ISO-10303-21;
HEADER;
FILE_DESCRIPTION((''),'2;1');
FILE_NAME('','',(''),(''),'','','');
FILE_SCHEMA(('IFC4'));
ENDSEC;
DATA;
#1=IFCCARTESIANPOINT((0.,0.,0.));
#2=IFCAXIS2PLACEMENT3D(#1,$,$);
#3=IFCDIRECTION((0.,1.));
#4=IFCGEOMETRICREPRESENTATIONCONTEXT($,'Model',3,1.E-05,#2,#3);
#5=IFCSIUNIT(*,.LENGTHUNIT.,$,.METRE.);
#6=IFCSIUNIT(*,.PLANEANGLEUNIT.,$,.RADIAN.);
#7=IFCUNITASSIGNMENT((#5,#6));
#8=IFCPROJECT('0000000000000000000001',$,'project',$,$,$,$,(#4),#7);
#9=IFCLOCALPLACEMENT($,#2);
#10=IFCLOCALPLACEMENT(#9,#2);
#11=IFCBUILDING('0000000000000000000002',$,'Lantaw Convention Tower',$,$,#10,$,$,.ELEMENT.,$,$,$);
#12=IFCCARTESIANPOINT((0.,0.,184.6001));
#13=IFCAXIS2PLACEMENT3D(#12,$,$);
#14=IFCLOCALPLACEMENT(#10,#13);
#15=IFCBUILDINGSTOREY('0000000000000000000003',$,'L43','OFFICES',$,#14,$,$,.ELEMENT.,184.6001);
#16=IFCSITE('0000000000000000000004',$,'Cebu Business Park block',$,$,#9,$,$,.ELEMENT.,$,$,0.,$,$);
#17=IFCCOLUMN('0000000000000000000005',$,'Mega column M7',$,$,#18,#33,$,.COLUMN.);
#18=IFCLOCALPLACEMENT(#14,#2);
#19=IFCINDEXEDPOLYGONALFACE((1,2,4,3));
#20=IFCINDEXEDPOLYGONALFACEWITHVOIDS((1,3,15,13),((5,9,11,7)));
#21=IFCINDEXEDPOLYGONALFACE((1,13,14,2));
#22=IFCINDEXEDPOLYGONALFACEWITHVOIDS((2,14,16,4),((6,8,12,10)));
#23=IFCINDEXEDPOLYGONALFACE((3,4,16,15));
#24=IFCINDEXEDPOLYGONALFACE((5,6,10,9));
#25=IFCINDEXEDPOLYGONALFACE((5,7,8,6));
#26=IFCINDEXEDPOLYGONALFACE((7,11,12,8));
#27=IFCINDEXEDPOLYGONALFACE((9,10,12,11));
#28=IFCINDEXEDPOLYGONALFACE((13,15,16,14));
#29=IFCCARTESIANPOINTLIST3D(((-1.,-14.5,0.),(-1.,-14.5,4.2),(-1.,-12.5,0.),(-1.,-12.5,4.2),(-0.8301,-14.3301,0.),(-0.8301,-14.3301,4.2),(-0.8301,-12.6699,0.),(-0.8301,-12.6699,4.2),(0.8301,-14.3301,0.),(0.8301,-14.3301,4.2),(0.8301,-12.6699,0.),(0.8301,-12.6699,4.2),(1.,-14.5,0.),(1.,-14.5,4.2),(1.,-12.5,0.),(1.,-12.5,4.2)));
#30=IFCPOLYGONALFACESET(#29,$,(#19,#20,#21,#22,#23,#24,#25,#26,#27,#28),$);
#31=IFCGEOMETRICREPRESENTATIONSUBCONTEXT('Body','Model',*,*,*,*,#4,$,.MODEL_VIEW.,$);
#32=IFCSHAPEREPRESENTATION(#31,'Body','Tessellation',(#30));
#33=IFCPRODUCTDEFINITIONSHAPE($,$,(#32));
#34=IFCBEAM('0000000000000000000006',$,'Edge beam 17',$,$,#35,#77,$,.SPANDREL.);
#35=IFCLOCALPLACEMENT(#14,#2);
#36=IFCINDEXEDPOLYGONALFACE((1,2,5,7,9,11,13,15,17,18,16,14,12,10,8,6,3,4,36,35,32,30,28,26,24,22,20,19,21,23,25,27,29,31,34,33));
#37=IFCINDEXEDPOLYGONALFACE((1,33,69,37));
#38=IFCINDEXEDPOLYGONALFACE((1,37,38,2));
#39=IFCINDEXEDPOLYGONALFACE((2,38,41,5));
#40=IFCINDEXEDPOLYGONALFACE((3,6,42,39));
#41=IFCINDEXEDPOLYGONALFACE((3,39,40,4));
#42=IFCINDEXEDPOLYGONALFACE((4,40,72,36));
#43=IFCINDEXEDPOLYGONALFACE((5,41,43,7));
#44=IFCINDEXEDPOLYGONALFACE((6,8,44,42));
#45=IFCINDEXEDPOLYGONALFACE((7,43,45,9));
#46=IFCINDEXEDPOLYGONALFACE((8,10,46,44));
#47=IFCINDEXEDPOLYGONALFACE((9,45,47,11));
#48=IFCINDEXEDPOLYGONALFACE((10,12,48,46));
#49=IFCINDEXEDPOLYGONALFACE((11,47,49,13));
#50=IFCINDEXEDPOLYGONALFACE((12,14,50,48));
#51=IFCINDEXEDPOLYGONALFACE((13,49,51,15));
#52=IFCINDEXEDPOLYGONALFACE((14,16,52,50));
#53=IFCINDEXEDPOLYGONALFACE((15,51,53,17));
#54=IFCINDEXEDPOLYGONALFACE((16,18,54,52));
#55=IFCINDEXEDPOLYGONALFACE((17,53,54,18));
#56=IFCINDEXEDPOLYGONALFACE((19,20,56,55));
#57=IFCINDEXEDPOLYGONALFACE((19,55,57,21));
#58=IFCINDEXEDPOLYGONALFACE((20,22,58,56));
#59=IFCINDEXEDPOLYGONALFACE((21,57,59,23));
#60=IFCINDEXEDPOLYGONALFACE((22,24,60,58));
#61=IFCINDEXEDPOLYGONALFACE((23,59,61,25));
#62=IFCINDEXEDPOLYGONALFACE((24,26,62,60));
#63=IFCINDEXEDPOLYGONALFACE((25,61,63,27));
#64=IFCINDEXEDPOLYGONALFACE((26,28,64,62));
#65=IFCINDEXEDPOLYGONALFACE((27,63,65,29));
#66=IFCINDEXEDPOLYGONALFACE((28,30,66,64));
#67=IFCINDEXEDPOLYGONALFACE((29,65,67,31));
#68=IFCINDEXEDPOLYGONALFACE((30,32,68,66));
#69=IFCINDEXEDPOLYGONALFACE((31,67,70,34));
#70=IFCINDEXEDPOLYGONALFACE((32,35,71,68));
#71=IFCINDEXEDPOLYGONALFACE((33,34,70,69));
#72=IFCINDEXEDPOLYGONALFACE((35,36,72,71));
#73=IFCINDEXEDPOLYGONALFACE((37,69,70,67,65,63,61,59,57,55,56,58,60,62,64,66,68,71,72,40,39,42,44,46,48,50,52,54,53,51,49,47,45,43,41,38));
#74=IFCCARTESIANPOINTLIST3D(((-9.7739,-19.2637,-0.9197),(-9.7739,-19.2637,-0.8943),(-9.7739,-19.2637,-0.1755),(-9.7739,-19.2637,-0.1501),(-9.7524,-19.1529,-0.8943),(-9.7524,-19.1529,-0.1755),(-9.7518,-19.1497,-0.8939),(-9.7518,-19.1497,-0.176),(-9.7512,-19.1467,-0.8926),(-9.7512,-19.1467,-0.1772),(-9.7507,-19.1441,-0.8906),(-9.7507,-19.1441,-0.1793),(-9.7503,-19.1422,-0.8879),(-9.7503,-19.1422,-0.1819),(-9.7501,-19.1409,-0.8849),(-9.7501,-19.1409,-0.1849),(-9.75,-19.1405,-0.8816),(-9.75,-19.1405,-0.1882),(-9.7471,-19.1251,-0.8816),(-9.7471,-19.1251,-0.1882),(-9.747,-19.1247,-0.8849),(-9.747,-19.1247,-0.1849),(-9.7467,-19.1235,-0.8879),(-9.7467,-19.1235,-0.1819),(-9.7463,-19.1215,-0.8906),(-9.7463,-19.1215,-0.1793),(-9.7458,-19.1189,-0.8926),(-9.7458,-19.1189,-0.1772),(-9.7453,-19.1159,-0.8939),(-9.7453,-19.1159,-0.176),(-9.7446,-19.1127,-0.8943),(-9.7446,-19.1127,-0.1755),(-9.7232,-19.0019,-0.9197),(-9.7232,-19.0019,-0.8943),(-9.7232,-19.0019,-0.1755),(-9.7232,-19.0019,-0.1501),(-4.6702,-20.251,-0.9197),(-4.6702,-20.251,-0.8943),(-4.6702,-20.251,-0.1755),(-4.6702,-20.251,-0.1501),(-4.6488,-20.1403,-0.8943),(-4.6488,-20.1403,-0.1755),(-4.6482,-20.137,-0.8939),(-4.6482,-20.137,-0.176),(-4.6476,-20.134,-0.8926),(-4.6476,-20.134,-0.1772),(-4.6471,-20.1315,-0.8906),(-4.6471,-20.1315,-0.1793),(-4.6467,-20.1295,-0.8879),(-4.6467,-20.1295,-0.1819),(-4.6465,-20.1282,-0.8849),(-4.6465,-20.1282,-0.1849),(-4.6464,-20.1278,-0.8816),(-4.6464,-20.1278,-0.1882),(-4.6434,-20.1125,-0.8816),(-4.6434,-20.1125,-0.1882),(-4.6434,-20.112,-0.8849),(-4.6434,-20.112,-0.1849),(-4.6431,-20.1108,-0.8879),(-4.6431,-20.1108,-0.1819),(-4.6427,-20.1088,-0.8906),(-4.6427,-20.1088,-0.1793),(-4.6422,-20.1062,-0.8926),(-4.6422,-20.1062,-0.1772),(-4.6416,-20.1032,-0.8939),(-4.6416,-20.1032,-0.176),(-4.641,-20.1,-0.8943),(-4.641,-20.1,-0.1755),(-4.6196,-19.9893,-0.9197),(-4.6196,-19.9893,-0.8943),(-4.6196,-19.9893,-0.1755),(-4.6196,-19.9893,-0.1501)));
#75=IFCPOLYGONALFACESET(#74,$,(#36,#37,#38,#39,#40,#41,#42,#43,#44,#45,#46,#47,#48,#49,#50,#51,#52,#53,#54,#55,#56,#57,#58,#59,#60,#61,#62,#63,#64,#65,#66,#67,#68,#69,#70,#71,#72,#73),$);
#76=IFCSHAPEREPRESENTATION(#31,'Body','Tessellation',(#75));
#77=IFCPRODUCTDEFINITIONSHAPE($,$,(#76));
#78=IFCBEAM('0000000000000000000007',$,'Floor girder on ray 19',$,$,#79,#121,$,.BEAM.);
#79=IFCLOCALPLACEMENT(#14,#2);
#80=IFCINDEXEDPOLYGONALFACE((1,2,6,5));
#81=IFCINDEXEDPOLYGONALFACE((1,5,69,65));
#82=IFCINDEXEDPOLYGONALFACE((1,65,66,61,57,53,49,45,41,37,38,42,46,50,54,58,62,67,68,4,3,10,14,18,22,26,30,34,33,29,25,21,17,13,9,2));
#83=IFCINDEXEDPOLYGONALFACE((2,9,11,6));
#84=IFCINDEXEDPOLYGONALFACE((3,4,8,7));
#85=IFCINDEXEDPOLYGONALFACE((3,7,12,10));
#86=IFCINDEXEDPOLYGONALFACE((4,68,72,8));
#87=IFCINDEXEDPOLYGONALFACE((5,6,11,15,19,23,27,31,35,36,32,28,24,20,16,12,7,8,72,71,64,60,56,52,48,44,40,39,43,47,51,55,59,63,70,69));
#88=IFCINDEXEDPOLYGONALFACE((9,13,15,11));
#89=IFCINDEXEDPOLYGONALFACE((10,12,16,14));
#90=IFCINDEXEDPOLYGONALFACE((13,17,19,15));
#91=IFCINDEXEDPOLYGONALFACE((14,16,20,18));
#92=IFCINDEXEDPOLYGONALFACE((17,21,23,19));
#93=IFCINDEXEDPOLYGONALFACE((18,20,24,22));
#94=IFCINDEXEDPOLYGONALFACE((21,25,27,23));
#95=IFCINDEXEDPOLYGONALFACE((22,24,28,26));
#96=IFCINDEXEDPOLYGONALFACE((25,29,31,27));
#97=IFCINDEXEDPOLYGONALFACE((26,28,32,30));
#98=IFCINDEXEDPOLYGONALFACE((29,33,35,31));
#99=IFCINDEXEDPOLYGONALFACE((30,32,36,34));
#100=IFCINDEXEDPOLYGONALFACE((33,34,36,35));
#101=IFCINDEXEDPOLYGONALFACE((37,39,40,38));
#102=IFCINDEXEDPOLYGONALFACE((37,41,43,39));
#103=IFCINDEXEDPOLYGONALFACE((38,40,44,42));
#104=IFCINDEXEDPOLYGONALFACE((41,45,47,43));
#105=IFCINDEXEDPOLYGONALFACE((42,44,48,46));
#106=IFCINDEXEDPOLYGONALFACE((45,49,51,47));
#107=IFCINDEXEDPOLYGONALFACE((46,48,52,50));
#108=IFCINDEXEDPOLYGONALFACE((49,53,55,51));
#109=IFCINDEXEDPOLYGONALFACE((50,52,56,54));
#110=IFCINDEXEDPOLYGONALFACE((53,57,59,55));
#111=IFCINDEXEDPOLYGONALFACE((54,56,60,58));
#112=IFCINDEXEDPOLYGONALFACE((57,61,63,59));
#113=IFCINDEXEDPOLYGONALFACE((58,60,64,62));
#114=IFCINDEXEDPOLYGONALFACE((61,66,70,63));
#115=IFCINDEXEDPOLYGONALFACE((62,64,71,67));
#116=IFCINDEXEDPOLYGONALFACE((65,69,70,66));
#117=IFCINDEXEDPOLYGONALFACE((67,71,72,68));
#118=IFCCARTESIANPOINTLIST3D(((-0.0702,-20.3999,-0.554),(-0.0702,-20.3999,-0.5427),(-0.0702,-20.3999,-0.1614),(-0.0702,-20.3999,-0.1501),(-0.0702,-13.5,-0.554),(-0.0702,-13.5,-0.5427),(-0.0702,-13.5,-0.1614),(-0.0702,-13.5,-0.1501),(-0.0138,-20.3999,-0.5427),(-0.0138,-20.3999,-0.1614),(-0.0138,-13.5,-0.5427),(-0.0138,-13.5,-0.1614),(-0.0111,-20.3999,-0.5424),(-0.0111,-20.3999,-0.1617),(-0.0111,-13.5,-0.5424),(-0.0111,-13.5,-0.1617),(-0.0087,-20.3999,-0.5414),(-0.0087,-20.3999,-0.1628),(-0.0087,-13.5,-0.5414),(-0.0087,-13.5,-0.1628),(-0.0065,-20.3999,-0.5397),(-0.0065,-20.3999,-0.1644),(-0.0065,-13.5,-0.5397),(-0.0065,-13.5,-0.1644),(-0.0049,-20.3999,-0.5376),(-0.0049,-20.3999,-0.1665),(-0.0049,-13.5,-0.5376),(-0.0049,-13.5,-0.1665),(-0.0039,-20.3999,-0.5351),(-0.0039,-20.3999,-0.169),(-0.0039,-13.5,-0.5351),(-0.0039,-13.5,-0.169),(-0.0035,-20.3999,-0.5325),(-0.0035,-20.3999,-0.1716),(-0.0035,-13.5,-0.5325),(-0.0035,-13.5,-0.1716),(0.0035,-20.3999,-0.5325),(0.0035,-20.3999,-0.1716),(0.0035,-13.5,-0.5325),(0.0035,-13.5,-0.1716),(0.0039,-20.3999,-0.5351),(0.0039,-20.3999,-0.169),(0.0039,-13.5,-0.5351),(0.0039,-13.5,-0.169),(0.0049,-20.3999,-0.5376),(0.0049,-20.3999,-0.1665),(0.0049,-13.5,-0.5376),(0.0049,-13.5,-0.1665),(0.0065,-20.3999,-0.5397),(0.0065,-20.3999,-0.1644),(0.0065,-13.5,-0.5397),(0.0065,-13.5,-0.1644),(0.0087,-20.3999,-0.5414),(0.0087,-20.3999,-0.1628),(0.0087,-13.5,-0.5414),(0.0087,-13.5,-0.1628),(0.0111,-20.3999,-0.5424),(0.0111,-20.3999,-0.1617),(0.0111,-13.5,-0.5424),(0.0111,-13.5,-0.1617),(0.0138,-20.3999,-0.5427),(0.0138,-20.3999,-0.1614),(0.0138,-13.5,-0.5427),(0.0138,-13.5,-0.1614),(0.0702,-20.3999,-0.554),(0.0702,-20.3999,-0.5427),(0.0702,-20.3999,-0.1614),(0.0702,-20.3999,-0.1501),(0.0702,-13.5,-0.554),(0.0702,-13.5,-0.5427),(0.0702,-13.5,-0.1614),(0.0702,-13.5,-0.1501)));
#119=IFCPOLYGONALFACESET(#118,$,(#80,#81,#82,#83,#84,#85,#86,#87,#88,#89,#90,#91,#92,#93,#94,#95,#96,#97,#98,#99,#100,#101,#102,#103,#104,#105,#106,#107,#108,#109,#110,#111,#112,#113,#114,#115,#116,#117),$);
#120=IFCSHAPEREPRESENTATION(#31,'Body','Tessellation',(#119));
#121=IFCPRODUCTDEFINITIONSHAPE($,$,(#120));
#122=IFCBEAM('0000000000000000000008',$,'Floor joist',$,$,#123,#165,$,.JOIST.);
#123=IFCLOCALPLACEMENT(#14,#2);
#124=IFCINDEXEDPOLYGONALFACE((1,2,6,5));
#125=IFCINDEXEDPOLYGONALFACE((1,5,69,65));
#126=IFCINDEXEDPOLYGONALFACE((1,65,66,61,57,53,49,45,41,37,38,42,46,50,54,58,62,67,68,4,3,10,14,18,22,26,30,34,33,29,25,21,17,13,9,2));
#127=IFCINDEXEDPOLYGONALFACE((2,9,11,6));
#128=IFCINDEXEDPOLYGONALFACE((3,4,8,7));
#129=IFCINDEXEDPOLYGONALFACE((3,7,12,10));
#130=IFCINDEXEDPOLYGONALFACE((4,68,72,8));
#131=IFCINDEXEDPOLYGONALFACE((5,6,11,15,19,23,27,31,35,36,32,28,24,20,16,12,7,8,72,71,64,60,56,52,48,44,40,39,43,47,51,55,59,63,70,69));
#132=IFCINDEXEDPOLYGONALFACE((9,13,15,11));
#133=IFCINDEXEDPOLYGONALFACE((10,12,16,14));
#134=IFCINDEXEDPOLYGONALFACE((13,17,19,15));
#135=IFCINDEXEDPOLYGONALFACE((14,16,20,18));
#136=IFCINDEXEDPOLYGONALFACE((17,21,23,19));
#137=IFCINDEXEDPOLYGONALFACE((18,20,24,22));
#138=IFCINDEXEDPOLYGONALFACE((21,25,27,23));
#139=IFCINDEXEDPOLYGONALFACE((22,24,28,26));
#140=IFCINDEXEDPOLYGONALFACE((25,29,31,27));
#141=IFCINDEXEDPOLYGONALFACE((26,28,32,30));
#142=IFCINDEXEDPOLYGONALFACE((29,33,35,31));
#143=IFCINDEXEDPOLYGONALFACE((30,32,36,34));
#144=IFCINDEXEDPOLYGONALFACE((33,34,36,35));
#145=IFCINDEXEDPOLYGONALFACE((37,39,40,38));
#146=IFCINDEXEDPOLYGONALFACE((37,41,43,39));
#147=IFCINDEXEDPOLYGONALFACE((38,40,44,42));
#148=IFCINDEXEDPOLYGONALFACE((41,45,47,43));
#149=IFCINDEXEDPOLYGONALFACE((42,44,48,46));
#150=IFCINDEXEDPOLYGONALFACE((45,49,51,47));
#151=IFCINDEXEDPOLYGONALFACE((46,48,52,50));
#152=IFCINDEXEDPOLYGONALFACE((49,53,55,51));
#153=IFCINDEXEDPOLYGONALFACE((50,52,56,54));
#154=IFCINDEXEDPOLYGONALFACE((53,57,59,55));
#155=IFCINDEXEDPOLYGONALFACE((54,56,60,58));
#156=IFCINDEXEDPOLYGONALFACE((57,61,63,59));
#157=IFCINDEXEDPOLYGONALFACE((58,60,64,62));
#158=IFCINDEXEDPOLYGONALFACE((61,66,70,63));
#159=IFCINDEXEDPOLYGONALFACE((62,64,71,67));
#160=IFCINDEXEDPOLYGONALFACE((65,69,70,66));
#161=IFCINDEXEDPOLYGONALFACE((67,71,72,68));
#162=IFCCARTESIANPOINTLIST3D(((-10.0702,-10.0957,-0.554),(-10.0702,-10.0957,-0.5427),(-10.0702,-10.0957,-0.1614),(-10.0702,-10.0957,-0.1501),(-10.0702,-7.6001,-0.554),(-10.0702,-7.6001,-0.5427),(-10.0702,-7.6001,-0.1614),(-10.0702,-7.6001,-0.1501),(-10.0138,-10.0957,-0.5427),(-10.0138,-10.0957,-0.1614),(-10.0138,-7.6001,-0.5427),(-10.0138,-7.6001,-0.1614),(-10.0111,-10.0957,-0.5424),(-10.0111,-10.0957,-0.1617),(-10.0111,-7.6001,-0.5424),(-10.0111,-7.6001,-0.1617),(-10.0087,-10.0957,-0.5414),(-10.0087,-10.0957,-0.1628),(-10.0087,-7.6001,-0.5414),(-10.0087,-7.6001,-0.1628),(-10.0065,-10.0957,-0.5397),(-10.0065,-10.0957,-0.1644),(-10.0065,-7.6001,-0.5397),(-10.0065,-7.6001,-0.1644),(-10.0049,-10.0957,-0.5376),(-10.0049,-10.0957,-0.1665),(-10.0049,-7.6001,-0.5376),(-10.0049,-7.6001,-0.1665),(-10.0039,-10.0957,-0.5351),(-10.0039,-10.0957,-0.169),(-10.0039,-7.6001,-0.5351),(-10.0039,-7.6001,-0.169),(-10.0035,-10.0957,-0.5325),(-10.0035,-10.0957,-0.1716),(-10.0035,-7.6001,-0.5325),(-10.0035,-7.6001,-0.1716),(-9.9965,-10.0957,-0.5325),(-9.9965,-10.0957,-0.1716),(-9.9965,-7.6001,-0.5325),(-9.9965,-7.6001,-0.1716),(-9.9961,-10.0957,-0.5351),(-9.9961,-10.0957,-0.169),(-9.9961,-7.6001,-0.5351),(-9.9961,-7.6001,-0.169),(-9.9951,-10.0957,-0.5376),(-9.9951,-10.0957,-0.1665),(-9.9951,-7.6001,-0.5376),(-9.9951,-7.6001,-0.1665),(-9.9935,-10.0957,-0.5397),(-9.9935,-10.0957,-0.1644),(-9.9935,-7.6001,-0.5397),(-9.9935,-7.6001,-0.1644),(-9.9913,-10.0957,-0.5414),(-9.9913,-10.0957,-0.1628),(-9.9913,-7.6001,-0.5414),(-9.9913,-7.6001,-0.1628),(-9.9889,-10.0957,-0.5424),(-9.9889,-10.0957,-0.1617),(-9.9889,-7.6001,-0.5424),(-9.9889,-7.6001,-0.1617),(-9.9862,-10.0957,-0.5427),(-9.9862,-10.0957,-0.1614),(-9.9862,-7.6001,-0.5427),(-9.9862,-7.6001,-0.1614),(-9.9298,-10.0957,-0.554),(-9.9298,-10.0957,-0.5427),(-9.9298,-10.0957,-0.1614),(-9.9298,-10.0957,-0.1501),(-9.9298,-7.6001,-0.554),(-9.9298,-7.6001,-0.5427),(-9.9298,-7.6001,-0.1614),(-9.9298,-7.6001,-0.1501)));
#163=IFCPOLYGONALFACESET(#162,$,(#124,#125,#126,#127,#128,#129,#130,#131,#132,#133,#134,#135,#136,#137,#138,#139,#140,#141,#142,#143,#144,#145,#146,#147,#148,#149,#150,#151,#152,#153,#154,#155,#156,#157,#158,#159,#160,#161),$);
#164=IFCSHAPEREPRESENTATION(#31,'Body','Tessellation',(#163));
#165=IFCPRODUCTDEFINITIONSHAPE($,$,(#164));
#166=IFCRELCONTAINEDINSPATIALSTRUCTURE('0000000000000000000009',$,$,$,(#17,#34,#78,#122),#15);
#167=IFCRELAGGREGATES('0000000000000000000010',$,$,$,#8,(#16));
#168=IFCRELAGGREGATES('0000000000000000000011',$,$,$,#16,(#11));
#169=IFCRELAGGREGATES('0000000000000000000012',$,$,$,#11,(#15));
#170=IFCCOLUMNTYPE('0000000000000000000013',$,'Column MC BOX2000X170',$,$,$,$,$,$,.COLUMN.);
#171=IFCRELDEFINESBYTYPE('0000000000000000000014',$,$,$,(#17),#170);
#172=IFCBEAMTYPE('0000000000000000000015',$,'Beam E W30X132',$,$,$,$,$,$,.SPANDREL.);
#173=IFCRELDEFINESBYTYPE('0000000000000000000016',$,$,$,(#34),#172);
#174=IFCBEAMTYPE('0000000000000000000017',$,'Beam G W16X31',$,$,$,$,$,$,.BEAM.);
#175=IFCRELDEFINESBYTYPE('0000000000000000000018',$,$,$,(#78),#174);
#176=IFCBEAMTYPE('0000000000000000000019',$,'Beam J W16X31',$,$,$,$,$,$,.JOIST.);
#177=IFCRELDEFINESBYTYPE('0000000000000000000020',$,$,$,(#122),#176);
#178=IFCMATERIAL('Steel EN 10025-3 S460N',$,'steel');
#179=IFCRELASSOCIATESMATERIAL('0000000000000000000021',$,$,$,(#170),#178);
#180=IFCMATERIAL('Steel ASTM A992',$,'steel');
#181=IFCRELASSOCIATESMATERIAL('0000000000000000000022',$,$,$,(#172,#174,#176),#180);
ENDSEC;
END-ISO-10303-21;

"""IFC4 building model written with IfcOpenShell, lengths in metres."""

from ifc_helpers import new_model, si_unit, direction, frame, origin, origin_2d, place, context, subcontext, project, spatial, rectangle, hollow_rectangle, i_section, extrude, material, material_profile, profile_set, type_object, element, save


model = new_model("IFC4")

# Units and contexts
model_context = context("Model", 3, precision=1e-05, world=origin(), true_north=direction((0.0, 1.0)))
body_context = subcontext(model_context, "Body", "Model", "MODEL_VIEW")
ifc_project = project(units=[si_unit("LENGTHUNIT", "METRE"), si_unit("PLANEANGLEUNIT", "RADIAN")], contexts=[model_context])

# Site, building, storey
site_placement = place(None, origin())
site = spatial("IfcSite", under=ifc_project, at=site_placement, Name="Cebu Business Park block", CompositionType="ELEMENT", RefElevation=0.0)
building_placement = place(site_placement, origin())
building = spatial("IfcBuilding", under=site, at=building_placement, Name="Lantaw Convention Tower", CompositionType="ELEMENT")
storey_placement = place(building_placement, frame((0.0, 0.0, 184.6001)))
storey = spatial("IfcBuildingStorey", under=building, at=storey_placement, Name="L43", Description="OFFICES", CompositionType="ELEMENT", Elevation=184.6001)

# Column
ifc_material_1 = material(Name="Steel EN 10025-3 S460N", Category="steel")
ifc_material_profile_1 = material_profile(ifc_material_1, hollow_rectangle(XDim=2.0, YDim=2.0, WallThickness=0.1699, at=origin_2d()), Name="BOX2000X170")
ifc_material_2 = material(Name="Concrete C60/75", Category="concrete")
ifc_material_profile_2 = material_profile(ifc_material_2, rectangle(XDim=1.6599, YDim=1.6599, at=origin_2d()), Name="Concrete fill of BOX2000X170")
ifc_profile_set_1 = profile_set([ifc_material_profile_1, ifc_material_profile_2], Name="Steel EN 10025-3 S460N")
column_type = type_object("IfcColumnType", Name="Column MC BOX2000X170", PredefinedType="COLUMN", material=ifc_profile_set_1)
column_placement = place(storey_placement, frame((0.0, -13.5, 0.0), z_axis=(0.0, 0.0, 1.0), x_axis=(1.0, 0.0, 0.0)))
element("IfcColumn", 1, at=column_placement, inside=storey, type_object=column_type, Name="Mega column M7", PredefinedType="COLUMN", context=body_context, shape_type="SweptSolid", body=[
    extrude(hollow_rectangle(XDim=2.0, YDim=2.0, WallThickness=0.1699, at=origin_2d()), origin(), (0.0, 0.0, 1.0), 4.2),
])

# Beams
ifc_material_3 = material(Name="Steel ASTM A992", Category="steel")
ifc_material_profile_3 = material_profile(ifc_material_3, i_section(OverallWidth=0.2666, OverallDepth=0.7695, WebThickness=0.0156, FlangeThickness=0.0254, FilletRadius=0.0127, at=origin_2d()), Name="W30X132")
ifc_profile_set_2 = profile_set([ifc_material_profile_3], Name="Steel ASTM A992")
beam_type_1 = type_object("IfcBeamType", Name="Beam E W30X132", PredefinedType="SPANDREL", material=ifc_profile_set_2)
beam_1_placement = place(storey_placement, frame((-9.7485, -19.1328, -0.5349), z_axis=(0.981797, -0.189934, 0.0), x_axis=(0.189934, 0.981797, 0.0)))
element("IfcBeam", 2, at=beam_1_placement, inside=storey, type_object=beam_type_1, Name="Edge beam 17", PredefinedType="SPANDREL", context=body_context, shape_type="SweptSolid", body=[
    extrude(i_section(OverallWidth=0.2666, OverallDepth=0.7695, WebThickness=0.0156, FlangeThickness=0.0254, FilletRadius=0.0127, at=origin_2d()), origin(), (0.0, 0.0, 1.0), 5.1982),
])
ifc_material_profile_4 = material_profile(ifc_material_3, i_section(OverallWidth=0.1404, OverallDepth=0.4038, WebThickness=0.0071, FlangeThickness=0.0112, FilletRadius=0.0103, at=origin_2d()), Name="W16X31")
ifc_profile_set_3 = profile_set([ifc_material_profile_4], Name="Steel ASTM A992")
beam_type_2 = type_object("IfcBeamType", Name="Beam G W16X31", PredefinedType="BEAM", material=ifc_profile_set_3)
beam_2_placement = place(storey_placement, frame((0.0, -13.5, -0.3521), z_axis=(0.0, -1.0, 0.0), x_axis=(1.0, 0.0, 0.0)))
element("IfcBeam", 3, at=beam_2_placement, inside=storey, type_object=beam_type_2, Name="Floor girder on ray 19", PredefinedType="BEAM", context=body_context, shape_type="SweptSolid", body=[
    extrude(i_section(OverallWidth=0.1404, OverallDepth=0.4038, WebThickness=0.0071, FlangeThickness=0.0112, FilletRadius=0.0103, at=origin_2d()), origin(), (0.0, 0.0, 1.0), 6.8999),
])
ifc_material_profile_5 = material_profile(ifc_material_3, i_section(OverallWidth=0.1404, OverallDepth=0.4038, WebThickness=0.0071, FlangeThickness=0.0112, FilletRadius=0.0103, at=origin_2d()), Name="W16X31")
ifc_profile_set_4 = profile_set([ifc_material_profile_5], Name="Steel ASTM A992")
beam_type_3 = type_object("IfcBeamType", Name="Beam J W16X31", PredefinedType="JOIST", material=ifc_profile_set_4)
beam_3_placement = place(storey_placement, frame((-10.0, -10.0957, -0.3521), z_axis=(0.0, 1.0, 0.0), x_axis=(-1.0, 0.0, 0.0)))
element("IfcBeam", 4, at=beam_3_placement, inside=storey, type_object=beam_type_3, Name="Floor joist", PredefinedType="JOIST", context=body_context, shape_type="SweptSolid", body=[
    extrude(i_section(OverallWidth=0.1404, OverallDepth=0.4038, WebThickness=0.0071, FlangeThickness=0.0112, FilletRadius=0.0103, at=origin_2d()), origin(), (0.0, 0.0, 1.0), 2.4956),
])

save(model, "model.ifc")
